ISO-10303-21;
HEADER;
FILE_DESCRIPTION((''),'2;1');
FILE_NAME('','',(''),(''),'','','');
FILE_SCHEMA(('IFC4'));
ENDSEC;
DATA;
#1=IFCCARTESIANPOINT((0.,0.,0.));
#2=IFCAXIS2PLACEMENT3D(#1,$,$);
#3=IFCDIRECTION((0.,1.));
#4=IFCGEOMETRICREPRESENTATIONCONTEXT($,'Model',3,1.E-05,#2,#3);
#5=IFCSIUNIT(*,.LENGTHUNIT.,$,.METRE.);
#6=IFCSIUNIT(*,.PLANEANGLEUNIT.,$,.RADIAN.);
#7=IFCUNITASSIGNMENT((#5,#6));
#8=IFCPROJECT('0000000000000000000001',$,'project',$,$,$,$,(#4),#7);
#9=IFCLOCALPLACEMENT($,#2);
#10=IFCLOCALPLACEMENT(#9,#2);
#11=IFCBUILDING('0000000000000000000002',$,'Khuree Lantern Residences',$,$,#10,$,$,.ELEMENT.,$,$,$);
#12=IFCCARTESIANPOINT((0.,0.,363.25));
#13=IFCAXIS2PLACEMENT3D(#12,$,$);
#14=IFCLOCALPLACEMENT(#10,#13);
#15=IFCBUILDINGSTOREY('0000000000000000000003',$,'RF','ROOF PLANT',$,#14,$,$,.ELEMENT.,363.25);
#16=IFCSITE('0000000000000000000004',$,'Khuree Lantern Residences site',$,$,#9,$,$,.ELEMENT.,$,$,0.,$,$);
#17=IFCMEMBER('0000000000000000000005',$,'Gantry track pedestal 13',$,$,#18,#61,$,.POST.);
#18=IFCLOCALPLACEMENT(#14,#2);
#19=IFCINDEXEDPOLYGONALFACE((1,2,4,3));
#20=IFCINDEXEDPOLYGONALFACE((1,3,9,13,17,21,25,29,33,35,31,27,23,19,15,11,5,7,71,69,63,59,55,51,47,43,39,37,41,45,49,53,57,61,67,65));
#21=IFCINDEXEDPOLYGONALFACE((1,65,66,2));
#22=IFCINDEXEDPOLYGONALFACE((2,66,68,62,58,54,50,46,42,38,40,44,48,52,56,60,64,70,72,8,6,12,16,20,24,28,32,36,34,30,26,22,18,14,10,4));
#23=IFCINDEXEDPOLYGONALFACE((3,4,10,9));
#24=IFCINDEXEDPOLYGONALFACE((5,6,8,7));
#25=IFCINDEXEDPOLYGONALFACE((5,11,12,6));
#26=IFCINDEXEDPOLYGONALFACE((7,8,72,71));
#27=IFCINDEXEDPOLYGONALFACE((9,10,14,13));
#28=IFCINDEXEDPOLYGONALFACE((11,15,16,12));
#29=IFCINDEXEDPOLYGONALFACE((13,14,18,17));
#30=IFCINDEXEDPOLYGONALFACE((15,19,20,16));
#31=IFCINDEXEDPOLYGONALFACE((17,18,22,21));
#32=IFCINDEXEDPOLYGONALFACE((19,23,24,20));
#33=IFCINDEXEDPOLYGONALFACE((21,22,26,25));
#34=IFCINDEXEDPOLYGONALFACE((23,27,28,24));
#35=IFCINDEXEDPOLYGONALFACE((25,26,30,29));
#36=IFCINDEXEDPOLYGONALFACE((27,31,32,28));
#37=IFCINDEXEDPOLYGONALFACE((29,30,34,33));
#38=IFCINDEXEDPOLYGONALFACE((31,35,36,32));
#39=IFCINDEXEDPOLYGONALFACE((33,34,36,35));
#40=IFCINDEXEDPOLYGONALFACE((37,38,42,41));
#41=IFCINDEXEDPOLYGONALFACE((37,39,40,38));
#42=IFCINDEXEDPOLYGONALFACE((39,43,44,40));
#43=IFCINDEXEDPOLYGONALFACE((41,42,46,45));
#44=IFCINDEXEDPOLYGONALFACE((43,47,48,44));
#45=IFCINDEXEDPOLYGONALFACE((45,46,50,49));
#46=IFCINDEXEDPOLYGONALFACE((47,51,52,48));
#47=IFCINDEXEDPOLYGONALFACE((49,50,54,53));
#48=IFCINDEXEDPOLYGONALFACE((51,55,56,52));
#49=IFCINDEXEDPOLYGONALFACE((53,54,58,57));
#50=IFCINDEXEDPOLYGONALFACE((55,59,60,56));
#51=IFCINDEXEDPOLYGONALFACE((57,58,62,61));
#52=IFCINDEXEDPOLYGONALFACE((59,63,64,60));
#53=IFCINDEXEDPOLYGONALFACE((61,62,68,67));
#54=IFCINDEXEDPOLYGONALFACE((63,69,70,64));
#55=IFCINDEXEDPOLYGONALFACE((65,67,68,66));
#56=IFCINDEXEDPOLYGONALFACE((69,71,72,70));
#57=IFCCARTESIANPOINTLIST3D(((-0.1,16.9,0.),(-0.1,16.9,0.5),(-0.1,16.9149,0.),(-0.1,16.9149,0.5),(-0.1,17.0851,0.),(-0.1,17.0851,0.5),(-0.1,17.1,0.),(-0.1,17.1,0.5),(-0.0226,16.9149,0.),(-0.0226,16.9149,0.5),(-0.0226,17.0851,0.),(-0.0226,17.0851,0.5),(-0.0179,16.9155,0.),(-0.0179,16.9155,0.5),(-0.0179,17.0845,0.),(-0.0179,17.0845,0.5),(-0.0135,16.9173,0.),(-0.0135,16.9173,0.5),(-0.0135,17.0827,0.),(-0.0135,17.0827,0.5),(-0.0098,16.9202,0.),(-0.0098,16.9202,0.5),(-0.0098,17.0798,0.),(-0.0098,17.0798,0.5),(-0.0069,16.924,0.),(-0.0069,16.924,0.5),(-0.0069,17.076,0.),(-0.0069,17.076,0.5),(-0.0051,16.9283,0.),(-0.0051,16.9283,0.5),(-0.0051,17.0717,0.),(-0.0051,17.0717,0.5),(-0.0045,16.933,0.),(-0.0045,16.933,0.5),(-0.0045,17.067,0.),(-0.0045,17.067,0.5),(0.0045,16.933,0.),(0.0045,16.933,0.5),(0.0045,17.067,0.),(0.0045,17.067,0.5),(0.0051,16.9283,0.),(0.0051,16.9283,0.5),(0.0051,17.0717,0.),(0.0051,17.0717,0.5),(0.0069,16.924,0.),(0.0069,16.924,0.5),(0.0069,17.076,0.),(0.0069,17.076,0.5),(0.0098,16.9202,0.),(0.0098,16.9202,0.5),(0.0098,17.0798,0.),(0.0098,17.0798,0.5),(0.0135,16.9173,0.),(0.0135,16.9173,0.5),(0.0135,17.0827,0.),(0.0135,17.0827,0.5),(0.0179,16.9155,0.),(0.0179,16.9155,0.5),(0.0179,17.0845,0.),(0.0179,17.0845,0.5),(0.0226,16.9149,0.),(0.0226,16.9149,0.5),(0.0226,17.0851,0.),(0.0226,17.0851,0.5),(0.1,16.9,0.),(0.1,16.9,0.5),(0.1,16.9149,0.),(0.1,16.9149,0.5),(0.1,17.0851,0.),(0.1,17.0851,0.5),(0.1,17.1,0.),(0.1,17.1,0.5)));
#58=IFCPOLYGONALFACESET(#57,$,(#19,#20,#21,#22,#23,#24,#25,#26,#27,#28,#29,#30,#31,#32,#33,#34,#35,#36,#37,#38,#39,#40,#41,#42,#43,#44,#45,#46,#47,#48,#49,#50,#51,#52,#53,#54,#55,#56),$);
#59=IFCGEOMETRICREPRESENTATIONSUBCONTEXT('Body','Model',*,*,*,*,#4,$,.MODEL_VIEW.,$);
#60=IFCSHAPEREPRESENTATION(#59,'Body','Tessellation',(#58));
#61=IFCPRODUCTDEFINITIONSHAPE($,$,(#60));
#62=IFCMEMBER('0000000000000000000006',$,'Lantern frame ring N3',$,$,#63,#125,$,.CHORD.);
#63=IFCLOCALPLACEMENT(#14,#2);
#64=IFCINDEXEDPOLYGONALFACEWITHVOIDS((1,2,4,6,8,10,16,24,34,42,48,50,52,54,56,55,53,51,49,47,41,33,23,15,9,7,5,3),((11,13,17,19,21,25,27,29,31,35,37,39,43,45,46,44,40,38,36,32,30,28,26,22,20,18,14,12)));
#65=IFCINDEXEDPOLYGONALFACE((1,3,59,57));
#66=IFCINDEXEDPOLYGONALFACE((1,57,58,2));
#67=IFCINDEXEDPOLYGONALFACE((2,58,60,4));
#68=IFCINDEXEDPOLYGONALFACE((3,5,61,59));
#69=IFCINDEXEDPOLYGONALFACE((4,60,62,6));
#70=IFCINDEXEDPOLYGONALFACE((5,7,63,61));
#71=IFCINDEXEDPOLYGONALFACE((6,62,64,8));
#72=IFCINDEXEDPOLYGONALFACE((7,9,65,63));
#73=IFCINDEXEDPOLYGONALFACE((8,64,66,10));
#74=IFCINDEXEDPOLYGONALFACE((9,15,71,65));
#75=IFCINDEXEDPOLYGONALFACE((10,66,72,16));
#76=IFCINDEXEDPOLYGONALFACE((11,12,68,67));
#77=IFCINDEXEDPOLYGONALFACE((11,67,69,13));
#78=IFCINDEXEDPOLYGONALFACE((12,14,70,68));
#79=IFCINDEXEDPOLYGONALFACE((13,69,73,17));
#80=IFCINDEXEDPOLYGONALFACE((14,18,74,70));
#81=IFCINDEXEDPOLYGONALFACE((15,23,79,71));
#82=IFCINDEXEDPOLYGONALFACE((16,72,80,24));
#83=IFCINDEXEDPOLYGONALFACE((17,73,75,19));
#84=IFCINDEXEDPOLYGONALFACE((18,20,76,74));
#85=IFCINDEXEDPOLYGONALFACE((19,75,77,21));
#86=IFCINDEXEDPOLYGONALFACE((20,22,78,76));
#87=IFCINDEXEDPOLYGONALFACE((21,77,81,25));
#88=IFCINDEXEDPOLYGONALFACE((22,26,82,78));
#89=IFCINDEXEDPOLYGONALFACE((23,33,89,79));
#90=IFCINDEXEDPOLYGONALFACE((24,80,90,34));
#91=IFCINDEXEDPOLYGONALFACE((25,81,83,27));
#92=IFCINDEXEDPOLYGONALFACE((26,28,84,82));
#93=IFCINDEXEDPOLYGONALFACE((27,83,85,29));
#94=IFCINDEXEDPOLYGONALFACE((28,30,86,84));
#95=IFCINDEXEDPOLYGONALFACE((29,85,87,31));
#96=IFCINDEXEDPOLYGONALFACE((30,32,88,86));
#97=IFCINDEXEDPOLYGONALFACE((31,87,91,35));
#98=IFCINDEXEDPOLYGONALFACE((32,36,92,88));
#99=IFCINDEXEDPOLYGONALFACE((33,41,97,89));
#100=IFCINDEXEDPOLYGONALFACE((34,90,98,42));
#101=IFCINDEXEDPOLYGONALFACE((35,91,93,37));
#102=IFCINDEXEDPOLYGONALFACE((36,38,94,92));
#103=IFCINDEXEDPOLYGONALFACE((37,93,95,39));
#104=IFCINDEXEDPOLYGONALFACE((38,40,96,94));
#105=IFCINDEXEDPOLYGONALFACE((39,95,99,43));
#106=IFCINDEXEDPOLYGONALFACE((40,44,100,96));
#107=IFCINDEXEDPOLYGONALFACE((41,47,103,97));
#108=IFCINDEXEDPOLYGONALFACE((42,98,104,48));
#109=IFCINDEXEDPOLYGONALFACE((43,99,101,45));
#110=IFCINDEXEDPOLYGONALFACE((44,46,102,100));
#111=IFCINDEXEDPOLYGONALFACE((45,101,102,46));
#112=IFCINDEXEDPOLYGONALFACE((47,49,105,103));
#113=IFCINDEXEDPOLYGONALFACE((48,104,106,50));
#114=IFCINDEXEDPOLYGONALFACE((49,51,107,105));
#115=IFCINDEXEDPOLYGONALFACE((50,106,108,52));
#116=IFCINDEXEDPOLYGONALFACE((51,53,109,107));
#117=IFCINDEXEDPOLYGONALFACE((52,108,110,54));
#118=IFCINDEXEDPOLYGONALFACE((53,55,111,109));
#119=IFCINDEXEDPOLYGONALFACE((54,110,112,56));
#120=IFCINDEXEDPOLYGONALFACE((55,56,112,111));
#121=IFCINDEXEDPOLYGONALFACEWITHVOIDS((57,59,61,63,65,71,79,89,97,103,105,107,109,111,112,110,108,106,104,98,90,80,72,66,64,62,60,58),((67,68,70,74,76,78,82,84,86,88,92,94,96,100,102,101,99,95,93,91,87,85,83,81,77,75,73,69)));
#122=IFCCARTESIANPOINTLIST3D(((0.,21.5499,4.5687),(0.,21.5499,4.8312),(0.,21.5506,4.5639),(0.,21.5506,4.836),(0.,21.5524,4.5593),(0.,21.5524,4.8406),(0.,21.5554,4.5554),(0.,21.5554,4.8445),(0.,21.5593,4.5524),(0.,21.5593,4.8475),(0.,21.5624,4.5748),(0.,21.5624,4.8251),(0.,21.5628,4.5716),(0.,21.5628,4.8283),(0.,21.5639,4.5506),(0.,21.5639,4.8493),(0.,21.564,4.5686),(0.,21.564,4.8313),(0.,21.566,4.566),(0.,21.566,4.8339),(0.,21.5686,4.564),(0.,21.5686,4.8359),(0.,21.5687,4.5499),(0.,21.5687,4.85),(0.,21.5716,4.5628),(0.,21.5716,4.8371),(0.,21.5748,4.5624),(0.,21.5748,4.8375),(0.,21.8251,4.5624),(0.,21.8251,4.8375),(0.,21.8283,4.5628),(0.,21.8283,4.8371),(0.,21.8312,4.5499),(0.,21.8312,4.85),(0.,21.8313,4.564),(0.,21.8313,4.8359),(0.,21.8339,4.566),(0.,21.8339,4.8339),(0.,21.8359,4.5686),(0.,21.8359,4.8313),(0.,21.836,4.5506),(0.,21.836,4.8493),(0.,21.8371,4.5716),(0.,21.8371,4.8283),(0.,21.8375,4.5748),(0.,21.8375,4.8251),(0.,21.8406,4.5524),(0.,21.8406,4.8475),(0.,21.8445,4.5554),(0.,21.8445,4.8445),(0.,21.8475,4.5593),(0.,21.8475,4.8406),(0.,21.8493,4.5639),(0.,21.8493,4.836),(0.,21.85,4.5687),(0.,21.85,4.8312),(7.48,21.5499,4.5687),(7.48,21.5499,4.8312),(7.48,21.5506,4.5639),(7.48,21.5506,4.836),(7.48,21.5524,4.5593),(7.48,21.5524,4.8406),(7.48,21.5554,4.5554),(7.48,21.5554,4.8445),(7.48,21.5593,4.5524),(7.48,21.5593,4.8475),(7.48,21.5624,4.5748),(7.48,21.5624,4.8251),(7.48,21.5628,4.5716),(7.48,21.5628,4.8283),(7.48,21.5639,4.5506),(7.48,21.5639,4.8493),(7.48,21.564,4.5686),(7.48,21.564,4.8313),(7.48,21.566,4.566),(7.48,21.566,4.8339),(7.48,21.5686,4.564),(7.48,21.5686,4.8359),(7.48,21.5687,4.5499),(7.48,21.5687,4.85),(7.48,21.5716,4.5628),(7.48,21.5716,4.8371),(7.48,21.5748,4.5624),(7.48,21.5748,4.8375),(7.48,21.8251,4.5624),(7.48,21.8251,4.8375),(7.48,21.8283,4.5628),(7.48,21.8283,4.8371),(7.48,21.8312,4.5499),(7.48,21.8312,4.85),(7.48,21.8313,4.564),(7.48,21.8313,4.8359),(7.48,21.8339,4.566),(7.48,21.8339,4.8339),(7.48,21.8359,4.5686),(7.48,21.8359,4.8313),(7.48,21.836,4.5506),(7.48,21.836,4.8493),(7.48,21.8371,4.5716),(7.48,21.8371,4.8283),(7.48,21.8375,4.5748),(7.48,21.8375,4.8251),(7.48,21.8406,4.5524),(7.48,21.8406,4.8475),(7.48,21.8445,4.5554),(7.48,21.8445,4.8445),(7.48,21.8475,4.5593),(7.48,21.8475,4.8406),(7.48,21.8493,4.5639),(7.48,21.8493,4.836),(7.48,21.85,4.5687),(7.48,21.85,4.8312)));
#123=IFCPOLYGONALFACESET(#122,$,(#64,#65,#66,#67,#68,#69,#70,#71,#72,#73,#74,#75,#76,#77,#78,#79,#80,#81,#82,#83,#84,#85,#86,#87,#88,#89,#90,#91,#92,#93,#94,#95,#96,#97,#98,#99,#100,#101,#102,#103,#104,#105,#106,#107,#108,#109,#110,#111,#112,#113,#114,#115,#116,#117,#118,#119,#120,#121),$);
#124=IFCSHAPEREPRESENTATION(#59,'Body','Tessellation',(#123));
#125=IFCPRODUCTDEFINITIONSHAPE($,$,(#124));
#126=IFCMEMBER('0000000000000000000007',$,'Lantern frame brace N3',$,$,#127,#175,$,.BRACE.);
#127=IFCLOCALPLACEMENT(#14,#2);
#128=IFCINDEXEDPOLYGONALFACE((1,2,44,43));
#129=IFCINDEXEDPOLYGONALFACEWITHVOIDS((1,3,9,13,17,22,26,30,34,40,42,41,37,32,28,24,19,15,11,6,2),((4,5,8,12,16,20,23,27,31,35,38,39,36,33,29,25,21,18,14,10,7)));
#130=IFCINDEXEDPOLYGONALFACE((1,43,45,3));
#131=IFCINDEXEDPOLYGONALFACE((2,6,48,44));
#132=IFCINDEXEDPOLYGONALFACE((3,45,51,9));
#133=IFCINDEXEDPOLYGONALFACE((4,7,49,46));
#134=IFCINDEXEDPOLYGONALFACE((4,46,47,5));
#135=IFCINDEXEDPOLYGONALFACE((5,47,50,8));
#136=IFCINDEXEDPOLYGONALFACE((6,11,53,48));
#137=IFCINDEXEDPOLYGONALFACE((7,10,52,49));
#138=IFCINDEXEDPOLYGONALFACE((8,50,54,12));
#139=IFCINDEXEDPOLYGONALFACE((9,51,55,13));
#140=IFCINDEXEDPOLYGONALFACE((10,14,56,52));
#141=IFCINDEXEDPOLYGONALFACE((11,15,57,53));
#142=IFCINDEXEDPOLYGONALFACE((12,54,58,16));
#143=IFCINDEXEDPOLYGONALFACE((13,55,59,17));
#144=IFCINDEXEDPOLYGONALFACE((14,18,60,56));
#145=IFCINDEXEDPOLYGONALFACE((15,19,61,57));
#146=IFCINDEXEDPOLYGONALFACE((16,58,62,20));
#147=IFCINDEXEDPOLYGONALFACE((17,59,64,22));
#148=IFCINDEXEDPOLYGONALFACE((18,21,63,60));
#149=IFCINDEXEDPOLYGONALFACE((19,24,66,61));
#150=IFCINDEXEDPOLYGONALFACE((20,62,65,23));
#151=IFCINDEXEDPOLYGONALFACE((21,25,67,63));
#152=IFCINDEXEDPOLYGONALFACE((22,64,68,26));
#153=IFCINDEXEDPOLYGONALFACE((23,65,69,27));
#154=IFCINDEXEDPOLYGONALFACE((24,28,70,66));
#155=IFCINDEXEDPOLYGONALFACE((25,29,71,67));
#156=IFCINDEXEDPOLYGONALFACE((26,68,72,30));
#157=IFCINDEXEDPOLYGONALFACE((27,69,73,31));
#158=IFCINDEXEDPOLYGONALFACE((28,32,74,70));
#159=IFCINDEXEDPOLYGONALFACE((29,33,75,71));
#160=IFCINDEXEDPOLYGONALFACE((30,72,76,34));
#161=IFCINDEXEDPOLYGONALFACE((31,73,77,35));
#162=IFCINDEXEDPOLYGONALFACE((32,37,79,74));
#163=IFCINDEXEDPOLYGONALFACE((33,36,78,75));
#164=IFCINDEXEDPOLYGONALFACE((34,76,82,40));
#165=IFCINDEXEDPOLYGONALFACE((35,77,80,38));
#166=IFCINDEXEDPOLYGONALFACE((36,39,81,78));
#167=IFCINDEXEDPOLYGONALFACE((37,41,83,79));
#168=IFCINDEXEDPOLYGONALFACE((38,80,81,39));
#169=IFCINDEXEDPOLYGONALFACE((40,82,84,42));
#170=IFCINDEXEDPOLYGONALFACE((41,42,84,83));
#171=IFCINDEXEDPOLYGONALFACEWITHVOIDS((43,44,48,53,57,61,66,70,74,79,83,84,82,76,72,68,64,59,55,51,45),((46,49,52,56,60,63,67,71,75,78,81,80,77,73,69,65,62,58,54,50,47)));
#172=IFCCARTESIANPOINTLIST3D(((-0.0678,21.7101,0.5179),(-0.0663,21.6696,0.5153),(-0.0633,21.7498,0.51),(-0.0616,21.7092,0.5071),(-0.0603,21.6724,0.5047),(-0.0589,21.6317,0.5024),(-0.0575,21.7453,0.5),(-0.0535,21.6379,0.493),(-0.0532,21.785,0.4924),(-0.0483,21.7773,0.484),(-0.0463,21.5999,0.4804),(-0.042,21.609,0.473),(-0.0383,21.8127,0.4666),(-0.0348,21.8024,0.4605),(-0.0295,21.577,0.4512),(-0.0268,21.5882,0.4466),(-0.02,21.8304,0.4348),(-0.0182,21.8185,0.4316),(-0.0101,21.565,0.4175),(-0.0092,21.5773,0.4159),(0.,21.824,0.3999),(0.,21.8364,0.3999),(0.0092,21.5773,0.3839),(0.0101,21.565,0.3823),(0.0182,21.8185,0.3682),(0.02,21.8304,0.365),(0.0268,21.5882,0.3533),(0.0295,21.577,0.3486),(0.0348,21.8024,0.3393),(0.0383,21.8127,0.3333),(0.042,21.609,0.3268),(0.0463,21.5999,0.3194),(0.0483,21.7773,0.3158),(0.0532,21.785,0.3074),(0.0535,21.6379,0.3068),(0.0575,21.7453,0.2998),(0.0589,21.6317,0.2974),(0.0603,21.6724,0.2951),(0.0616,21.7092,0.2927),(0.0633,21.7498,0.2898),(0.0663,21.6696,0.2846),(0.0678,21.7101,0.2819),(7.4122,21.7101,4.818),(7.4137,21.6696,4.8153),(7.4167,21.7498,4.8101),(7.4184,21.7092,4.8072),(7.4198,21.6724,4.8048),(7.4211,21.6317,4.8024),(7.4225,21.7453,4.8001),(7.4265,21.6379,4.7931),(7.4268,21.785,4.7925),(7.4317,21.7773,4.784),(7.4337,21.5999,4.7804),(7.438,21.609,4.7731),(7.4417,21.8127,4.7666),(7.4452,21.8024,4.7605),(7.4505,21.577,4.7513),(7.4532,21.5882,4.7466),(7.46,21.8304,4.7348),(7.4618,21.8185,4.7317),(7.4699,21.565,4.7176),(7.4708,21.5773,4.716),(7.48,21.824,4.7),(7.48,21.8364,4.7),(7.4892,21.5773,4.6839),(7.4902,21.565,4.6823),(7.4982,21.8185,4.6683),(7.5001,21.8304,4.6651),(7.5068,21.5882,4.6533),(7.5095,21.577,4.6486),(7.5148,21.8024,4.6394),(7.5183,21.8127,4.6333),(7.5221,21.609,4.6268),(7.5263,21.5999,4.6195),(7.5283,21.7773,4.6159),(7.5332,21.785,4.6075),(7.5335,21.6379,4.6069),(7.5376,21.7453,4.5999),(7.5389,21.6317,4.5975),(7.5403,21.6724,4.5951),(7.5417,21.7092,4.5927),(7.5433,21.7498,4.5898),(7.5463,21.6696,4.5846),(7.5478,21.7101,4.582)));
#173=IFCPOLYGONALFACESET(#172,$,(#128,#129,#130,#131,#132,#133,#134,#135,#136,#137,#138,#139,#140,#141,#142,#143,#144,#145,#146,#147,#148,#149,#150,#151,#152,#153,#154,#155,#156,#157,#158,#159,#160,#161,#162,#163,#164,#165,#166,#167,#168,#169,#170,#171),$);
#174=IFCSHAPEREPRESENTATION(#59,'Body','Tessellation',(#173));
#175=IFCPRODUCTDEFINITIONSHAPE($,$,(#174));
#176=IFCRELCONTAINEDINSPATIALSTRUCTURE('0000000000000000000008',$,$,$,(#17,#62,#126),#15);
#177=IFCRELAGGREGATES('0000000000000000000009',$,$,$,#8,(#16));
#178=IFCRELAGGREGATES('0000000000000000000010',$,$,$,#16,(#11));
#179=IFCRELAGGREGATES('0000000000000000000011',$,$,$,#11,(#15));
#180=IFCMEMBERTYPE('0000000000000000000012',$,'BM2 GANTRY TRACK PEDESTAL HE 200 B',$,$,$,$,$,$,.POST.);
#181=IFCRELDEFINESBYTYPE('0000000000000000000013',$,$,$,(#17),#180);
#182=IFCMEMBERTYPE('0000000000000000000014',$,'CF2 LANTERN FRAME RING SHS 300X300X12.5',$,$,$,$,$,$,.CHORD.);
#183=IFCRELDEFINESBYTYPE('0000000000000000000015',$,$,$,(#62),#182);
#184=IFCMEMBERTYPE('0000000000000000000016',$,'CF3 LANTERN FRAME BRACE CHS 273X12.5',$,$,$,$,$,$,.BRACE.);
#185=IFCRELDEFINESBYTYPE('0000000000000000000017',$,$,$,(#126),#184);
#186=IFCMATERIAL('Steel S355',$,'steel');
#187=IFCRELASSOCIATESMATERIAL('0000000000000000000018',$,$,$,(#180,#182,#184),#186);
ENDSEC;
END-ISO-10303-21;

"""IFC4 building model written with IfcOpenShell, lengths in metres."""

from ifc_helpers import new_model, si_unit, direction, frame, origin, origin_2d, place, context, subcontext, project, spatial, hollow_rectangle, hollow_circle, i_section, extrude, material, material_profile, profile_set, type_object, element, save


model = new_model("IFC4")

# Units and contexts
model_context = context("Model", 3, precision=1e-05, world=origin(), true_north=direction((0.0, 1.0)))
body_context = subcontext(model_context, "Body", "Model", "MODEL_VIEW")
ifc_project = project(units=[si_unit("LENGTHUNIT", "METRE"), si_unit("PLANEANGLEUNIT", "RADIAN")], contexts=[model_context])

# Site, building, storey
site_placement = place(None, origin())
site = spatial("IfcSite", under=ifc_project, at=site_placement, Name="Khuree Lantern Residences site", CompositionType="ELEMENT", RefElevation=0.0)
building_placement = place(site_placement, origin())
building = spatial("IfcBuilding", under=site, at=building_placement, Name="Khuree Lantern Residences", CompositionType="ELEMENT")
storey_placement = place(building_placement, frame((0.0, 0.0, 363.25)))
storey = spatial("IfcBuildingStorey", under=building, at=storey_placement, Name="RF", Description="ROOF PLANT", CompositionType="ELEMENT", Elevation=363.25)

# Shared definitions
ifc_material_1 = material(Name="Steel S355", Category="steel")

# Members
ifc_material_profile_1 = material_profile(ifc_material_1, i_section(OverallWidth=0.2, OverallDepth=0.2, WebThickness=0.009, FlangeThickness=0.0149, FilletRadius=0.0181, at=origin_2d()), Name="HE 200 B")
ifc_profile_set_1 = profile_set([ifc_material_profile_1], Name="Steel S355")
member_type_1 = type_object("IfcMemberType", Name="BM2 GANTRY TRACK PEDESTAL HE 200 B", PredefinedType="POST", material=ifc_profile_set_1)
for number, where, z_axis, x_axis, name in (
    (1, (0.0, 17.0, 0.0), (0.0, 0.0, 1.0), (1.0, 0.0, 0.0), "Gantry track pedestal 13"),
):
    element("IfcMember", number, at=place(storey_placement, frame(where, z_axis=z_axis, x_axis=x_axis)), inside=storey, type_object=member_type_1, Name=name, PredefinedType="POST", context=body_context, shape_type="SweptSolid", body=[
        extrude(i_section(OverallWidth=0.2, OverallDepth=0.2, WebThickness=0.009, FlangeThickness=0.0149, FilletRadius=0.0181, at=origin_2d()), origin(), (0.0, 0.0, 1.0), 0.5),
    ])
ifc_material_profile_2 = material_profile(ifc_material_1, hollow_rectangle(XDim=0.3, YDim=0.3, WallThickness=0.0125, InnerFilletRadius=0.0125, OuterFilletRadius=0.0188, at=origin_2d()), Name="SHS 300X300X12.5")
ifc_profile_set_2 = profile_set([ifc_material_profile_2], Name="Steel S355")
member_type_2 = type_object("IfcMemberType", Name="CF2 LANTERN FRAME RING SHS 300X300X12.5", PredefinedType="CHORD", material=ifc_profile_set_2)
member_1_placement = place(storey_placement, frame((0.0, 21.7, 4.7), z_axis=(1.0, 0.0, 0.0), x_axis=(0.0, 1.0, 0.0)))
element("IfcMember", 2, at=member_1_placement, inside=storey, type_object=member_type_2, Name="Lantern frame ring N3", PredefinedType="CHORD", context=body_context, shape_type="SweptSolid", body=[
    extrude(hollow_rectangle(XDim=0.3, YDim=0.3, WallThickness=0.0125, InnerFilletRadius=0.0125, OuterFilletRadius=0.0188, at=origin_2d()), origin(), (0.0, 0.0, 1.0), 7.48),
])
ifc_material_profile_3 = material_profile(ifc_material_1, hollow_circle(Radius=0.1365, WallThickness=0.0125, at=origin_2d()), Name="CHS 273X12.5")
ifc_profile_set_3 = profile_set([ifc_material_profile_3], Name="Steel S355")
member_type_3 = type_object("IfcMemberType", Name="CF3 LANTERN FRAME BRACE CHS 273X12.5", PredefinedType="BRACE", material=ifc_profile_set_3)
member_2_placement = place(storey_placement, frame((0.0, 21.7, 0.3999), z_axis=(0.866953, 0.0, 0.498389), x_axis=(0.0, 1.0, 0.0)))
element("IfcMember", 3, at=member_2_placement, inside=storey, type_object=member_type_3, Name="Lantern frame brace N3", PredefinedType="BRACE", context=body_context, shape_type="SweptSolid", body=[
    extrude(hollow_circle(Radius=0.1365, WallThickness=0.0125, at=origin_2d()), origin(), (0.0, 0.0, 1.0), 8.6279),
])

save(model, "model.ifc")
